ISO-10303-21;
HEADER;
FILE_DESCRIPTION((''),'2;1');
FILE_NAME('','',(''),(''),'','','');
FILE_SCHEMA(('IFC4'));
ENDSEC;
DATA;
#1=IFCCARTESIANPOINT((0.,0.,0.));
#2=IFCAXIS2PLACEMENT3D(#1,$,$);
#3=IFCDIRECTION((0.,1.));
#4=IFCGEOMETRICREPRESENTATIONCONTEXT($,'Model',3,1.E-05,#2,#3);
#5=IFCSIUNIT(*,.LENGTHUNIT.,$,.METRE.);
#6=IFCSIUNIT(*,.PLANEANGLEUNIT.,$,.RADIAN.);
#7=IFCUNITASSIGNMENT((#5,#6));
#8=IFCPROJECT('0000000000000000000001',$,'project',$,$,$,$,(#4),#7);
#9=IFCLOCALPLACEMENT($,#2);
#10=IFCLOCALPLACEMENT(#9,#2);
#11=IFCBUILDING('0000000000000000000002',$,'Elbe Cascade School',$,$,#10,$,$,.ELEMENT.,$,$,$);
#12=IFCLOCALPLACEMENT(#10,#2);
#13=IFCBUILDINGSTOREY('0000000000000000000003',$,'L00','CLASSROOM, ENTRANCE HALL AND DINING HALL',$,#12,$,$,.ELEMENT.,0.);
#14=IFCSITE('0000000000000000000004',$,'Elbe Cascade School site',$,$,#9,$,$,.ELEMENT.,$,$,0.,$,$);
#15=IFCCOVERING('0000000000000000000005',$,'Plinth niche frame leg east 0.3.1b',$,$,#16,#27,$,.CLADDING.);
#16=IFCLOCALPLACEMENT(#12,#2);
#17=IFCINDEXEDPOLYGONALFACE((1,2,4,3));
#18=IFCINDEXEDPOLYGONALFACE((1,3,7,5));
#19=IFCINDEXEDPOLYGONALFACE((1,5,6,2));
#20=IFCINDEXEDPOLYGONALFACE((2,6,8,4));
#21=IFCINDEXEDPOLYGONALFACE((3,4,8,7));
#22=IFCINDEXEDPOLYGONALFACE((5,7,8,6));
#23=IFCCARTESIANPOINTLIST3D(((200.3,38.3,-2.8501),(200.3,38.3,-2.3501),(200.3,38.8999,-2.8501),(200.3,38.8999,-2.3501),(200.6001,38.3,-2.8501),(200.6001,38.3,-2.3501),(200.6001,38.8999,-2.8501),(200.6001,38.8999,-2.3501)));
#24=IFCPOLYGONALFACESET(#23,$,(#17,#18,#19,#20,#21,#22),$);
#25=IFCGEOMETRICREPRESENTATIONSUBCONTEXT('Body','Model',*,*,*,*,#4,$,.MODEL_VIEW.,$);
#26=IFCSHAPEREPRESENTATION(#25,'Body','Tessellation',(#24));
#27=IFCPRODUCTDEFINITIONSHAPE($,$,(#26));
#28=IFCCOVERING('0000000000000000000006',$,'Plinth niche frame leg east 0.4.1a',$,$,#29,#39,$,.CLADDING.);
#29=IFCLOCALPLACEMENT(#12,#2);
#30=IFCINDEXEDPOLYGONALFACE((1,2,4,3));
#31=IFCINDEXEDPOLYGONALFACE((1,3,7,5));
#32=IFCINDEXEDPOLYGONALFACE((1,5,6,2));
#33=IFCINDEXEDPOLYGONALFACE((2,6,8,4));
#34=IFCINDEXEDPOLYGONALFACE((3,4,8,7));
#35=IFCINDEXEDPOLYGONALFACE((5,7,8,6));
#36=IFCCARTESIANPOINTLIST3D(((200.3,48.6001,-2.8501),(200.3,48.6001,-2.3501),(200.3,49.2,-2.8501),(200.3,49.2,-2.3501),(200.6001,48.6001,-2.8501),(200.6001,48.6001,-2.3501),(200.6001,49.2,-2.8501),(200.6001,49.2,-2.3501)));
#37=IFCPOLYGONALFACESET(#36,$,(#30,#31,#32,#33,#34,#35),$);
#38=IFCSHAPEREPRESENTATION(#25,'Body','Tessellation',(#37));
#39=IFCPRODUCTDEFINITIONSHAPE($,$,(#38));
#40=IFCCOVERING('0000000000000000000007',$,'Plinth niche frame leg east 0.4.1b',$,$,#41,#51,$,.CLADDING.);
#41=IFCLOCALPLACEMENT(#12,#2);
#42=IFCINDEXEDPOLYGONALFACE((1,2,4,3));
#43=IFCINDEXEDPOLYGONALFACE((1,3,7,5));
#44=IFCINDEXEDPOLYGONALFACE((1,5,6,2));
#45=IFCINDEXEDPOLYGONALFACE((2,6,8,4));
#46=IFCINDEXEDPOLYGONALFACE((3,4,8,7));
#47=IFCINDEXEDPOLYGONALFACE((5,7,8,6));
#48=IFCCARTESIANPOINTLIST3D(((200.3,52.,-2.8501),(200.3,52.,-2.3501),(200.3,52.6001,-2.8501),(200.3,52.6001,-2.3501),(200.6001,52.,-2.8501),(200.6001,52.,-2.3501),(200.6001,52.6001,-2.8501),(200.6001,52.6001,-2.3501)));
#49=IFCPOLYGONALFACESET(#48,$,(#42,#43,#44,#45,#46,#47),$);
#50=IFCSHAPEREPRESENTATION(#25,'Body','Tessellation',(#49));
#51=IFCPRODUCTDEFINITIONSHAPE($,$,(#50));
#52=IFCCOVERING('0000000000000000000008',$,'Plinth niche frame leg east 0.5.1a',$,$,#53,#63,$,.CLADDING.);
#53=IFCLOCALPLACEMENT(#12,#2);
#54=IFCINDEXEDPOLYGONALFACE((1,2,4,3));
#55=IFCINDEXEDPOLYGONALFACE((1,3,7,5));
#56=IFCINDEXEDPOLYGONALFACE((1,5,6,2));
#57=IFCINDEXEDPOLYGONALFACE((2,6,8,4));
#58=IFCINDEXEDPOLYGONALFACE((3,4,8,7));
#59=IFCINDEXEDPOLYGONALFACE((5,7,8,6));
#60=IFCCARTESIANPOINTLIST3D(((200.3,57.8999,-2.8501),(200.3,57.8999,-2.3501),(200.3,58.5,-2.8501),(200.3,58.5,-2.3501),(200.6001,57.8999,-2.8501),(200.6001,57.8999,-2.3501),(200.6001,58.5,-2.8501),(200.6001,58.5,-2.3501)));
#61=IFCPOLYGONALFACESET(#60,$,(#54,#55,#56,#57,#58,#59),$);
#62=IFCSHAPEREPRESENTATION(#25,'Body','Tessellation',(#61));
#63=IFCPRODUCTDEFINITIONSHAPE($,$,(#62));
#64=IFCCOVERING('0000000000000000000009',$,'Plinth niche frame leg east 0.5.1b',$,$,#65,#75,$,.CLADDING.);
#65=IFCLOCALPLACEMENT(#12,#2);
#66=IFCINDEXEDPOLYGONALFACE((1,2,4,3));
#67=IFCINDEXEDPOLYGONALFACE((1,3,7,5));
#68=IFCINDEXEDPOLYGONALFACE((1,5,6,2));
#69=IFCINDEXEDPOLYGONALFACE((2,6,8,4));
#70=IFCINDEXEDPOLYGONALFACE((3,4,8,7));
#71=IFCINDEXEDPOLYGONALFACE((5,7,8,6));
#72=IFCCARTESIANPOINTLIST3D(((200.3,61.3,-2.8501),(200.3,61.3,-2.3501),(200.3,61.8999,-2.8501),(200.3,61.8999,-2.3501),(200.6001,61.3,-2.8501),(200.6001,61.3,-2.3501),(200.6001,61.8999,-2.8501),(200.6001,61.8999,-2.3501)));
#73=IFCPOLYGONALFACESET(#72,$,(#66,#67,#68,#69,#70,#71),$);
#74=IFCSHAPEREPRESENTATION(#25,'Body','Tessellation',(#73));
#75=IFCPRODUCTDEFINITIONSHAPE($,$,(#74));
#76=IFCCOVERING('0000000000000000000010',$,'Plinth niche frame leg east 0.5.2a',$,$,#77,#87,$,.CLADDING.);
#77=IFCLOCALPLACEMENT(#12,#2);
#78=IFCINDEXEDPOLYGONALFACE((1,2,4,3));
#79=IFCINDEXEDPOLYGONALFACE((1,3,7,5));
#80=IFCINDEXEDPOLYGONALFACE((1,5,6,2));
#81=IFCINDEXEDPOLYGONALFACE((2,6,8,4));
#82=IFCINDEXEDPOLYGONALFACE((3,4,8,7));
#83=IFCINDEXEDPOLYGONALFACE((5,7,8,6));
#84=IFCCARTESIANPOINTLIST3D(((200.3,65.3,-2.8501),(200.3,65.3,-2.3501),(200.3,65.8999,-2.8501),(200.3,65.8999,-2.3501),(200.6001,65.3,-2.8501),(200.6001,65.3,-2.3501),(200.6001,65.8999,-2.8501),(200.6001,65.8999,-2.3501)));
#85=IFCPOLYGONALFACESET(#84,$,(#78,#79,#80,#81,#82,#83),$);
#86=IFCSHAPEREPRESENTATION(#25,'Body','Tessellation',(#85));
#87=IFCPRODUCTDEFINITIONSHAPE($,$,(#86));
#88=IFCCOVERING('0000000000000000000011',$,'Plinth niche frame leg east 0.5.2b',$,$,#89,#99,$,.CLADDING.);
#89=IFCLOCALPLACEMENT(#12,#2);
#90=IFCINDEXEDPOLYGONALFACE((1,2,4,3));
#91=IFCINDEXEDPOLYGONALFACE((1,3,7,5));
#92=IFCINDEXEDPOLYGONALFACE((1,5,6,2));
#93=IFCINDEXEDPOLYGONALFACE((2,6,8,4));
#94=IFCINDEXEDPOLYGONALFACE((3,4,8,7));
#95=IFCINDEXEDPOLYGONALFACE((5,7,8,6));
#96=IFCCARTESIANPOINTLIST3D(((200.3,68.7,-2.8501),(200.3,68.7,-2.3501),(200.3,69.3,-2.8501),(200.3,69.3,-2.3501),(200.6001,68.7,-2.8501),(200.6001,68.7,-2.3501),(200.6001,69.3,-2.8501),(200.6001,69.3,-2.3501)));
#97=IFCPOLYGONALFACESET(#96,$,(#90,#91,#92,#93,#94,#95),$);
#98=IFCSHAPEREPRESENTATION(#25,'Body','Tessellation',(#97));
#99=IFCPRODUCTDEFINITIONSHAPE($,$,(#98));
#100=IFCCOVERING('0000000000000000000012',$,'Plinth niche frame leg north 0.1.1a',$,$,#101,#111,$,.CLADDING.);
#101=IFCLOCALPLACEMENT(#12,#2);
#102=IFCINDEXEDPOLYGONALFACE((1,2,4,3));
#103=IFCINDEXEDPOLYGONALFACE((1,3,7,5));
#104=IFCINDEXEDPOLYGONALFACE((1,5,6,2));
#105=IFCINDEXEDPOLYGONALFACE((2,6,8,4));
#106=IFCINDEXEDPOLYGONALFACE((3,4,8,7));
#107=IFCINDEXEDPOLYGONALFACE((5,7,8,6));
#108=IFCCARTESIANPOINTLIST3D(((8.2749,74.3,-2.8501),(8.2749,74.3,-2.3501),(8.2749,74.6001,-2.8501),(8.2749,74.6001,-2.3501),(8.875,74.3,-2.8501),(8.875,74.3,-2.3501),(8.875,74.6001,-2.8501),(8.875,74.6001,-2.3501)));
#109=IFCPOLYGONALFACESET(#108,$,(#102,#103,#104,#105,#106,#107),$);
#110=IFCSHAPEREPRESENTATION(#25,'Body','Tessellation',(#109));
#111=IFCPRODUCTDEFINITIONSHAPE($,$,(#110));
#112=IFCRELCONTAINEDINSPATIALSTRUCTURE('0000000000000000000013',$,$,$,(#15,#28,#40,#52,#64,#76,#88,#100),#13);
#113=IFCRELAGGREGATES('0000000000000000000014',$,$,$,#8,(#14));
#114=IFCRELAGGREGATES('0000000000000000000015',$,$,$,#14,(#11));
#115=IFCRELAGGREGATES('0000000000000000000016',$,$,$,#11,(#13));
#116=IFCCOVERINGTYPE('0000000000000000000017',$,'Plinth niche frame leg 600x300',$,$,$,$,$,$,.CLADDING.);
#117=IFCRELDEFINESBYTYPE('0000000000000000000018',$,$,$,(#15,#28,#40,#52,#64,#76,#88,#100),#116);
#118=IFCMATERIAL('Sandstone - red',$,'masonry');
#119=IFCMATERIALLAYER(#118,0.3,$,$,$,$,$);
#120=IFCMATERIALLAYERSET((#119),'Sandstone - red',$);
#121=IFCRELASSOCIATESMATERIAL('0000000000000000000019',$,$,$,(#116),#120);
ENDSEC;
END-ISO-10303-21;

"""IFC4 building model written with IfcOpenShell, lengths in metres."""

from ifc_helpers import new_model, si_unit, direction, frame, origin, place, context, subcontext, project, spatial, polyline, outline, extrude, material, layer, layer_set, type_object, element, save


model = new_model("IFC4")

# Units and contexts
model_context = context("Model", 3, precision=1e-05, world=origin(), true_north=direction((0.0, 1.0)))
body_context = subcontext(model_context, "Body", "Model", "MODEL_VIEW")
ifc_project = project(units=[si_unit("LENGTHUNIT", "METRE"), si_unit("PLANEANGLEUNIT", "RADIAN")], contexts=[model_context])

# Site, building, storey
site_placement = place(None, origin())
site = spatial("IfcSite", under=ifc_project, at=site_placement, Name="Elbe Cascade School site", CompositionType="ELEMENT", RefElevation=0.0)
building_placement = place(site_placement, origin())
building = spatial("IfcBuilding", under=site, at=building_placement, Name="Elbe Cascade School", CompositionType="ELEMENT")
storey_placement = place(building_placement, origin())
storey = spatial("IfcBuildingStorey", under=building, at=storey_placement, Name="L00", Description="CLASSROOM, ENTRANCE HALL AND DINING HALL", CompositionType="ELEMENT", Elevation=0.0)

# Coverings
ifc_material = material(Name="Sandstone - red", Category="masonry")
ifc_layer = layer(ifc_material, 0.3)
ifc_layer_set = layer_set([ifc_layer], Name="Sandstone - red")
covering_type = type_object("IfcCoveringType", Name="Plinth niche frame leg 600x300", PredefinedType="CLADDING", material=ifc_layer_set)
covering_1_placement = place(storey_placement, frame((0.0, 0.0, -2.8501)))
element("IfcCovering", 1, at=covering_1_placement, inside=storey, type_object=covering_type, Name="Plinth niche frame leg east 0.3.1b", PredefinedType="CLADDING", context=body_context, shape_type="SweptSolid", body=[
    extrude(outline(polyline([(200.3, 38.3), (200.6001, 38.3), (200.6001, 38.8999), (200.3, 38.8999), (200.3, 38.3)])), origin(), (0.0, 0.0, 1.0), 0.5),
])
covering_2_placement = place(storey_placement, frame((0.0, 0.0, -2.8501)))
element("IfcCovering", 2, at=covering_2_placement, inside=storey, type_object=covering_type, Name="Plinth niche frame leg east 0.4.1a", PredefinedType="CLADDING", context=body_context, shape_type="SweptSolid", body=[
    extrude(outline(polyline([(200.3, 48.6001), (200.6001, 48.6001), (200.6001, 49.2), (200.3, 49.2), (200.3, 48.6001)])), origin(), (0.0, 0.0, 1.0), 0.5),
])
covering_3_placement = place(storey_placement, frame((0.0, 0.0, -2.8501)))
element("IfcCovering", 3, at=covering_3_placement, inside=storey, type_object=covering_type, Name="Plinth niche frame leg east 0.4.1b", PredefinedType="CLADDING", context=body_context, shape_type="SweptSolid", body=[
    extrude(outline(polyline([(200.3, 52.0), (200.6001, 52.0), (200.6001, 52.6001), (200.3, 52.6001), (200.3, 52.0)])), origin(), (0.0, 0.0, 1.0), 0.5),
])
covering_4_placement = place(storey_placement, frame((0.0, 0.0, -2.8501)))
element("IfcCovering", 4, at=covering_4_placement, inside=storey, type_object=covering_type, Name="Plinth niche frame leg east 0.5.1a", PredefinedType="CLADDING", context=body_context, shape_type="SweptSolid", body=[
    extrude(outline(polyline([(200.3, 57.8999), (200.6001, 57.8999), (200.6001, 58.5), (200.3, 58.5), (200.3, 57.8999)])), origin(), (0.0, 0.0, 1.0), 0.5),
])
covering_5_placement = place(storey_placement, frame((0.0, 0.0, -2.8501)))
element("IfcCovering", 5, at=covering_5_placement, inside=storey, type_object=covering_type, Name="Plinth niche frame leg east 0.5.1b", PredefinedType="CLADDING", context=body_context, shape_type="SweptSolid", body=[
    extrude(outline(polyline([(200.3, 61.3), (200.6001, 61.3), (200.6001, 61.8999), (200.3, 61.8999), (200.3, 61.3)])), origin(), (0.0, 0.0, 1.0), 0.5),
])
covering_6_placement = place(storey_placement, frame((0.0, 0.0, -2.8501)))
element("IfcCovering", 6, at=covering_6_placement, inside=storey, type_object=covering_type, Name="Plinth niche frame leg east 0.5.2a", PredefinedType="CLADDING", context=body_context, shape_type="SweptSolid", body=[
    extrude(outline(polyline([(200.3, 65.3), (200.6001, 65.3), (200.6001, 65.8999), (200.3, 65.8999), (200.3, 65.3)])), origin(), (0.0, 0.0, 1.0), 0.5),
])
covering_7_placement = place(storey_placement, frame((0.0, 0.0, -2.8501)))
element("IfcCovering", 7, at=covering_7_placement, inside=storey, type_object=covering_type, Name="Plinth niche frame leg east 0.5.2b", PredefinedType="CLADDING", context=body_context, shape_type="SweptSolid", body=[
    extrude(outline(polyline([(200.3, 68.7), (200.6001, 68.7), (200.6001, 69.3), (200.3, 69.3), (200.3, 68.7)])), origin(), (0.0, 0.0, 1.0), 0.5),
])
covering_8_placement = place(storey_placement, frame((0.0, 0.0, -2.8501)))
element("IfcCovering", 8, at=covering_8_placement, inside=storey, type_object=covering_type, Name="Plinth niche frame leg north 0.1.1a", PredefinedType="CLADDING", context=body_context, shape_type="SweptSolid", body=[
    extrude(outline(polyline([(8.2749, 74.3), (8.875, 74.3), (8.875, 74.6001), (8.2749, 74.6001), (8.2749, 74.3)])), origin(), (0.0, 0.0, 1.0), 0.5),
])

save(model, "model.ifc")
